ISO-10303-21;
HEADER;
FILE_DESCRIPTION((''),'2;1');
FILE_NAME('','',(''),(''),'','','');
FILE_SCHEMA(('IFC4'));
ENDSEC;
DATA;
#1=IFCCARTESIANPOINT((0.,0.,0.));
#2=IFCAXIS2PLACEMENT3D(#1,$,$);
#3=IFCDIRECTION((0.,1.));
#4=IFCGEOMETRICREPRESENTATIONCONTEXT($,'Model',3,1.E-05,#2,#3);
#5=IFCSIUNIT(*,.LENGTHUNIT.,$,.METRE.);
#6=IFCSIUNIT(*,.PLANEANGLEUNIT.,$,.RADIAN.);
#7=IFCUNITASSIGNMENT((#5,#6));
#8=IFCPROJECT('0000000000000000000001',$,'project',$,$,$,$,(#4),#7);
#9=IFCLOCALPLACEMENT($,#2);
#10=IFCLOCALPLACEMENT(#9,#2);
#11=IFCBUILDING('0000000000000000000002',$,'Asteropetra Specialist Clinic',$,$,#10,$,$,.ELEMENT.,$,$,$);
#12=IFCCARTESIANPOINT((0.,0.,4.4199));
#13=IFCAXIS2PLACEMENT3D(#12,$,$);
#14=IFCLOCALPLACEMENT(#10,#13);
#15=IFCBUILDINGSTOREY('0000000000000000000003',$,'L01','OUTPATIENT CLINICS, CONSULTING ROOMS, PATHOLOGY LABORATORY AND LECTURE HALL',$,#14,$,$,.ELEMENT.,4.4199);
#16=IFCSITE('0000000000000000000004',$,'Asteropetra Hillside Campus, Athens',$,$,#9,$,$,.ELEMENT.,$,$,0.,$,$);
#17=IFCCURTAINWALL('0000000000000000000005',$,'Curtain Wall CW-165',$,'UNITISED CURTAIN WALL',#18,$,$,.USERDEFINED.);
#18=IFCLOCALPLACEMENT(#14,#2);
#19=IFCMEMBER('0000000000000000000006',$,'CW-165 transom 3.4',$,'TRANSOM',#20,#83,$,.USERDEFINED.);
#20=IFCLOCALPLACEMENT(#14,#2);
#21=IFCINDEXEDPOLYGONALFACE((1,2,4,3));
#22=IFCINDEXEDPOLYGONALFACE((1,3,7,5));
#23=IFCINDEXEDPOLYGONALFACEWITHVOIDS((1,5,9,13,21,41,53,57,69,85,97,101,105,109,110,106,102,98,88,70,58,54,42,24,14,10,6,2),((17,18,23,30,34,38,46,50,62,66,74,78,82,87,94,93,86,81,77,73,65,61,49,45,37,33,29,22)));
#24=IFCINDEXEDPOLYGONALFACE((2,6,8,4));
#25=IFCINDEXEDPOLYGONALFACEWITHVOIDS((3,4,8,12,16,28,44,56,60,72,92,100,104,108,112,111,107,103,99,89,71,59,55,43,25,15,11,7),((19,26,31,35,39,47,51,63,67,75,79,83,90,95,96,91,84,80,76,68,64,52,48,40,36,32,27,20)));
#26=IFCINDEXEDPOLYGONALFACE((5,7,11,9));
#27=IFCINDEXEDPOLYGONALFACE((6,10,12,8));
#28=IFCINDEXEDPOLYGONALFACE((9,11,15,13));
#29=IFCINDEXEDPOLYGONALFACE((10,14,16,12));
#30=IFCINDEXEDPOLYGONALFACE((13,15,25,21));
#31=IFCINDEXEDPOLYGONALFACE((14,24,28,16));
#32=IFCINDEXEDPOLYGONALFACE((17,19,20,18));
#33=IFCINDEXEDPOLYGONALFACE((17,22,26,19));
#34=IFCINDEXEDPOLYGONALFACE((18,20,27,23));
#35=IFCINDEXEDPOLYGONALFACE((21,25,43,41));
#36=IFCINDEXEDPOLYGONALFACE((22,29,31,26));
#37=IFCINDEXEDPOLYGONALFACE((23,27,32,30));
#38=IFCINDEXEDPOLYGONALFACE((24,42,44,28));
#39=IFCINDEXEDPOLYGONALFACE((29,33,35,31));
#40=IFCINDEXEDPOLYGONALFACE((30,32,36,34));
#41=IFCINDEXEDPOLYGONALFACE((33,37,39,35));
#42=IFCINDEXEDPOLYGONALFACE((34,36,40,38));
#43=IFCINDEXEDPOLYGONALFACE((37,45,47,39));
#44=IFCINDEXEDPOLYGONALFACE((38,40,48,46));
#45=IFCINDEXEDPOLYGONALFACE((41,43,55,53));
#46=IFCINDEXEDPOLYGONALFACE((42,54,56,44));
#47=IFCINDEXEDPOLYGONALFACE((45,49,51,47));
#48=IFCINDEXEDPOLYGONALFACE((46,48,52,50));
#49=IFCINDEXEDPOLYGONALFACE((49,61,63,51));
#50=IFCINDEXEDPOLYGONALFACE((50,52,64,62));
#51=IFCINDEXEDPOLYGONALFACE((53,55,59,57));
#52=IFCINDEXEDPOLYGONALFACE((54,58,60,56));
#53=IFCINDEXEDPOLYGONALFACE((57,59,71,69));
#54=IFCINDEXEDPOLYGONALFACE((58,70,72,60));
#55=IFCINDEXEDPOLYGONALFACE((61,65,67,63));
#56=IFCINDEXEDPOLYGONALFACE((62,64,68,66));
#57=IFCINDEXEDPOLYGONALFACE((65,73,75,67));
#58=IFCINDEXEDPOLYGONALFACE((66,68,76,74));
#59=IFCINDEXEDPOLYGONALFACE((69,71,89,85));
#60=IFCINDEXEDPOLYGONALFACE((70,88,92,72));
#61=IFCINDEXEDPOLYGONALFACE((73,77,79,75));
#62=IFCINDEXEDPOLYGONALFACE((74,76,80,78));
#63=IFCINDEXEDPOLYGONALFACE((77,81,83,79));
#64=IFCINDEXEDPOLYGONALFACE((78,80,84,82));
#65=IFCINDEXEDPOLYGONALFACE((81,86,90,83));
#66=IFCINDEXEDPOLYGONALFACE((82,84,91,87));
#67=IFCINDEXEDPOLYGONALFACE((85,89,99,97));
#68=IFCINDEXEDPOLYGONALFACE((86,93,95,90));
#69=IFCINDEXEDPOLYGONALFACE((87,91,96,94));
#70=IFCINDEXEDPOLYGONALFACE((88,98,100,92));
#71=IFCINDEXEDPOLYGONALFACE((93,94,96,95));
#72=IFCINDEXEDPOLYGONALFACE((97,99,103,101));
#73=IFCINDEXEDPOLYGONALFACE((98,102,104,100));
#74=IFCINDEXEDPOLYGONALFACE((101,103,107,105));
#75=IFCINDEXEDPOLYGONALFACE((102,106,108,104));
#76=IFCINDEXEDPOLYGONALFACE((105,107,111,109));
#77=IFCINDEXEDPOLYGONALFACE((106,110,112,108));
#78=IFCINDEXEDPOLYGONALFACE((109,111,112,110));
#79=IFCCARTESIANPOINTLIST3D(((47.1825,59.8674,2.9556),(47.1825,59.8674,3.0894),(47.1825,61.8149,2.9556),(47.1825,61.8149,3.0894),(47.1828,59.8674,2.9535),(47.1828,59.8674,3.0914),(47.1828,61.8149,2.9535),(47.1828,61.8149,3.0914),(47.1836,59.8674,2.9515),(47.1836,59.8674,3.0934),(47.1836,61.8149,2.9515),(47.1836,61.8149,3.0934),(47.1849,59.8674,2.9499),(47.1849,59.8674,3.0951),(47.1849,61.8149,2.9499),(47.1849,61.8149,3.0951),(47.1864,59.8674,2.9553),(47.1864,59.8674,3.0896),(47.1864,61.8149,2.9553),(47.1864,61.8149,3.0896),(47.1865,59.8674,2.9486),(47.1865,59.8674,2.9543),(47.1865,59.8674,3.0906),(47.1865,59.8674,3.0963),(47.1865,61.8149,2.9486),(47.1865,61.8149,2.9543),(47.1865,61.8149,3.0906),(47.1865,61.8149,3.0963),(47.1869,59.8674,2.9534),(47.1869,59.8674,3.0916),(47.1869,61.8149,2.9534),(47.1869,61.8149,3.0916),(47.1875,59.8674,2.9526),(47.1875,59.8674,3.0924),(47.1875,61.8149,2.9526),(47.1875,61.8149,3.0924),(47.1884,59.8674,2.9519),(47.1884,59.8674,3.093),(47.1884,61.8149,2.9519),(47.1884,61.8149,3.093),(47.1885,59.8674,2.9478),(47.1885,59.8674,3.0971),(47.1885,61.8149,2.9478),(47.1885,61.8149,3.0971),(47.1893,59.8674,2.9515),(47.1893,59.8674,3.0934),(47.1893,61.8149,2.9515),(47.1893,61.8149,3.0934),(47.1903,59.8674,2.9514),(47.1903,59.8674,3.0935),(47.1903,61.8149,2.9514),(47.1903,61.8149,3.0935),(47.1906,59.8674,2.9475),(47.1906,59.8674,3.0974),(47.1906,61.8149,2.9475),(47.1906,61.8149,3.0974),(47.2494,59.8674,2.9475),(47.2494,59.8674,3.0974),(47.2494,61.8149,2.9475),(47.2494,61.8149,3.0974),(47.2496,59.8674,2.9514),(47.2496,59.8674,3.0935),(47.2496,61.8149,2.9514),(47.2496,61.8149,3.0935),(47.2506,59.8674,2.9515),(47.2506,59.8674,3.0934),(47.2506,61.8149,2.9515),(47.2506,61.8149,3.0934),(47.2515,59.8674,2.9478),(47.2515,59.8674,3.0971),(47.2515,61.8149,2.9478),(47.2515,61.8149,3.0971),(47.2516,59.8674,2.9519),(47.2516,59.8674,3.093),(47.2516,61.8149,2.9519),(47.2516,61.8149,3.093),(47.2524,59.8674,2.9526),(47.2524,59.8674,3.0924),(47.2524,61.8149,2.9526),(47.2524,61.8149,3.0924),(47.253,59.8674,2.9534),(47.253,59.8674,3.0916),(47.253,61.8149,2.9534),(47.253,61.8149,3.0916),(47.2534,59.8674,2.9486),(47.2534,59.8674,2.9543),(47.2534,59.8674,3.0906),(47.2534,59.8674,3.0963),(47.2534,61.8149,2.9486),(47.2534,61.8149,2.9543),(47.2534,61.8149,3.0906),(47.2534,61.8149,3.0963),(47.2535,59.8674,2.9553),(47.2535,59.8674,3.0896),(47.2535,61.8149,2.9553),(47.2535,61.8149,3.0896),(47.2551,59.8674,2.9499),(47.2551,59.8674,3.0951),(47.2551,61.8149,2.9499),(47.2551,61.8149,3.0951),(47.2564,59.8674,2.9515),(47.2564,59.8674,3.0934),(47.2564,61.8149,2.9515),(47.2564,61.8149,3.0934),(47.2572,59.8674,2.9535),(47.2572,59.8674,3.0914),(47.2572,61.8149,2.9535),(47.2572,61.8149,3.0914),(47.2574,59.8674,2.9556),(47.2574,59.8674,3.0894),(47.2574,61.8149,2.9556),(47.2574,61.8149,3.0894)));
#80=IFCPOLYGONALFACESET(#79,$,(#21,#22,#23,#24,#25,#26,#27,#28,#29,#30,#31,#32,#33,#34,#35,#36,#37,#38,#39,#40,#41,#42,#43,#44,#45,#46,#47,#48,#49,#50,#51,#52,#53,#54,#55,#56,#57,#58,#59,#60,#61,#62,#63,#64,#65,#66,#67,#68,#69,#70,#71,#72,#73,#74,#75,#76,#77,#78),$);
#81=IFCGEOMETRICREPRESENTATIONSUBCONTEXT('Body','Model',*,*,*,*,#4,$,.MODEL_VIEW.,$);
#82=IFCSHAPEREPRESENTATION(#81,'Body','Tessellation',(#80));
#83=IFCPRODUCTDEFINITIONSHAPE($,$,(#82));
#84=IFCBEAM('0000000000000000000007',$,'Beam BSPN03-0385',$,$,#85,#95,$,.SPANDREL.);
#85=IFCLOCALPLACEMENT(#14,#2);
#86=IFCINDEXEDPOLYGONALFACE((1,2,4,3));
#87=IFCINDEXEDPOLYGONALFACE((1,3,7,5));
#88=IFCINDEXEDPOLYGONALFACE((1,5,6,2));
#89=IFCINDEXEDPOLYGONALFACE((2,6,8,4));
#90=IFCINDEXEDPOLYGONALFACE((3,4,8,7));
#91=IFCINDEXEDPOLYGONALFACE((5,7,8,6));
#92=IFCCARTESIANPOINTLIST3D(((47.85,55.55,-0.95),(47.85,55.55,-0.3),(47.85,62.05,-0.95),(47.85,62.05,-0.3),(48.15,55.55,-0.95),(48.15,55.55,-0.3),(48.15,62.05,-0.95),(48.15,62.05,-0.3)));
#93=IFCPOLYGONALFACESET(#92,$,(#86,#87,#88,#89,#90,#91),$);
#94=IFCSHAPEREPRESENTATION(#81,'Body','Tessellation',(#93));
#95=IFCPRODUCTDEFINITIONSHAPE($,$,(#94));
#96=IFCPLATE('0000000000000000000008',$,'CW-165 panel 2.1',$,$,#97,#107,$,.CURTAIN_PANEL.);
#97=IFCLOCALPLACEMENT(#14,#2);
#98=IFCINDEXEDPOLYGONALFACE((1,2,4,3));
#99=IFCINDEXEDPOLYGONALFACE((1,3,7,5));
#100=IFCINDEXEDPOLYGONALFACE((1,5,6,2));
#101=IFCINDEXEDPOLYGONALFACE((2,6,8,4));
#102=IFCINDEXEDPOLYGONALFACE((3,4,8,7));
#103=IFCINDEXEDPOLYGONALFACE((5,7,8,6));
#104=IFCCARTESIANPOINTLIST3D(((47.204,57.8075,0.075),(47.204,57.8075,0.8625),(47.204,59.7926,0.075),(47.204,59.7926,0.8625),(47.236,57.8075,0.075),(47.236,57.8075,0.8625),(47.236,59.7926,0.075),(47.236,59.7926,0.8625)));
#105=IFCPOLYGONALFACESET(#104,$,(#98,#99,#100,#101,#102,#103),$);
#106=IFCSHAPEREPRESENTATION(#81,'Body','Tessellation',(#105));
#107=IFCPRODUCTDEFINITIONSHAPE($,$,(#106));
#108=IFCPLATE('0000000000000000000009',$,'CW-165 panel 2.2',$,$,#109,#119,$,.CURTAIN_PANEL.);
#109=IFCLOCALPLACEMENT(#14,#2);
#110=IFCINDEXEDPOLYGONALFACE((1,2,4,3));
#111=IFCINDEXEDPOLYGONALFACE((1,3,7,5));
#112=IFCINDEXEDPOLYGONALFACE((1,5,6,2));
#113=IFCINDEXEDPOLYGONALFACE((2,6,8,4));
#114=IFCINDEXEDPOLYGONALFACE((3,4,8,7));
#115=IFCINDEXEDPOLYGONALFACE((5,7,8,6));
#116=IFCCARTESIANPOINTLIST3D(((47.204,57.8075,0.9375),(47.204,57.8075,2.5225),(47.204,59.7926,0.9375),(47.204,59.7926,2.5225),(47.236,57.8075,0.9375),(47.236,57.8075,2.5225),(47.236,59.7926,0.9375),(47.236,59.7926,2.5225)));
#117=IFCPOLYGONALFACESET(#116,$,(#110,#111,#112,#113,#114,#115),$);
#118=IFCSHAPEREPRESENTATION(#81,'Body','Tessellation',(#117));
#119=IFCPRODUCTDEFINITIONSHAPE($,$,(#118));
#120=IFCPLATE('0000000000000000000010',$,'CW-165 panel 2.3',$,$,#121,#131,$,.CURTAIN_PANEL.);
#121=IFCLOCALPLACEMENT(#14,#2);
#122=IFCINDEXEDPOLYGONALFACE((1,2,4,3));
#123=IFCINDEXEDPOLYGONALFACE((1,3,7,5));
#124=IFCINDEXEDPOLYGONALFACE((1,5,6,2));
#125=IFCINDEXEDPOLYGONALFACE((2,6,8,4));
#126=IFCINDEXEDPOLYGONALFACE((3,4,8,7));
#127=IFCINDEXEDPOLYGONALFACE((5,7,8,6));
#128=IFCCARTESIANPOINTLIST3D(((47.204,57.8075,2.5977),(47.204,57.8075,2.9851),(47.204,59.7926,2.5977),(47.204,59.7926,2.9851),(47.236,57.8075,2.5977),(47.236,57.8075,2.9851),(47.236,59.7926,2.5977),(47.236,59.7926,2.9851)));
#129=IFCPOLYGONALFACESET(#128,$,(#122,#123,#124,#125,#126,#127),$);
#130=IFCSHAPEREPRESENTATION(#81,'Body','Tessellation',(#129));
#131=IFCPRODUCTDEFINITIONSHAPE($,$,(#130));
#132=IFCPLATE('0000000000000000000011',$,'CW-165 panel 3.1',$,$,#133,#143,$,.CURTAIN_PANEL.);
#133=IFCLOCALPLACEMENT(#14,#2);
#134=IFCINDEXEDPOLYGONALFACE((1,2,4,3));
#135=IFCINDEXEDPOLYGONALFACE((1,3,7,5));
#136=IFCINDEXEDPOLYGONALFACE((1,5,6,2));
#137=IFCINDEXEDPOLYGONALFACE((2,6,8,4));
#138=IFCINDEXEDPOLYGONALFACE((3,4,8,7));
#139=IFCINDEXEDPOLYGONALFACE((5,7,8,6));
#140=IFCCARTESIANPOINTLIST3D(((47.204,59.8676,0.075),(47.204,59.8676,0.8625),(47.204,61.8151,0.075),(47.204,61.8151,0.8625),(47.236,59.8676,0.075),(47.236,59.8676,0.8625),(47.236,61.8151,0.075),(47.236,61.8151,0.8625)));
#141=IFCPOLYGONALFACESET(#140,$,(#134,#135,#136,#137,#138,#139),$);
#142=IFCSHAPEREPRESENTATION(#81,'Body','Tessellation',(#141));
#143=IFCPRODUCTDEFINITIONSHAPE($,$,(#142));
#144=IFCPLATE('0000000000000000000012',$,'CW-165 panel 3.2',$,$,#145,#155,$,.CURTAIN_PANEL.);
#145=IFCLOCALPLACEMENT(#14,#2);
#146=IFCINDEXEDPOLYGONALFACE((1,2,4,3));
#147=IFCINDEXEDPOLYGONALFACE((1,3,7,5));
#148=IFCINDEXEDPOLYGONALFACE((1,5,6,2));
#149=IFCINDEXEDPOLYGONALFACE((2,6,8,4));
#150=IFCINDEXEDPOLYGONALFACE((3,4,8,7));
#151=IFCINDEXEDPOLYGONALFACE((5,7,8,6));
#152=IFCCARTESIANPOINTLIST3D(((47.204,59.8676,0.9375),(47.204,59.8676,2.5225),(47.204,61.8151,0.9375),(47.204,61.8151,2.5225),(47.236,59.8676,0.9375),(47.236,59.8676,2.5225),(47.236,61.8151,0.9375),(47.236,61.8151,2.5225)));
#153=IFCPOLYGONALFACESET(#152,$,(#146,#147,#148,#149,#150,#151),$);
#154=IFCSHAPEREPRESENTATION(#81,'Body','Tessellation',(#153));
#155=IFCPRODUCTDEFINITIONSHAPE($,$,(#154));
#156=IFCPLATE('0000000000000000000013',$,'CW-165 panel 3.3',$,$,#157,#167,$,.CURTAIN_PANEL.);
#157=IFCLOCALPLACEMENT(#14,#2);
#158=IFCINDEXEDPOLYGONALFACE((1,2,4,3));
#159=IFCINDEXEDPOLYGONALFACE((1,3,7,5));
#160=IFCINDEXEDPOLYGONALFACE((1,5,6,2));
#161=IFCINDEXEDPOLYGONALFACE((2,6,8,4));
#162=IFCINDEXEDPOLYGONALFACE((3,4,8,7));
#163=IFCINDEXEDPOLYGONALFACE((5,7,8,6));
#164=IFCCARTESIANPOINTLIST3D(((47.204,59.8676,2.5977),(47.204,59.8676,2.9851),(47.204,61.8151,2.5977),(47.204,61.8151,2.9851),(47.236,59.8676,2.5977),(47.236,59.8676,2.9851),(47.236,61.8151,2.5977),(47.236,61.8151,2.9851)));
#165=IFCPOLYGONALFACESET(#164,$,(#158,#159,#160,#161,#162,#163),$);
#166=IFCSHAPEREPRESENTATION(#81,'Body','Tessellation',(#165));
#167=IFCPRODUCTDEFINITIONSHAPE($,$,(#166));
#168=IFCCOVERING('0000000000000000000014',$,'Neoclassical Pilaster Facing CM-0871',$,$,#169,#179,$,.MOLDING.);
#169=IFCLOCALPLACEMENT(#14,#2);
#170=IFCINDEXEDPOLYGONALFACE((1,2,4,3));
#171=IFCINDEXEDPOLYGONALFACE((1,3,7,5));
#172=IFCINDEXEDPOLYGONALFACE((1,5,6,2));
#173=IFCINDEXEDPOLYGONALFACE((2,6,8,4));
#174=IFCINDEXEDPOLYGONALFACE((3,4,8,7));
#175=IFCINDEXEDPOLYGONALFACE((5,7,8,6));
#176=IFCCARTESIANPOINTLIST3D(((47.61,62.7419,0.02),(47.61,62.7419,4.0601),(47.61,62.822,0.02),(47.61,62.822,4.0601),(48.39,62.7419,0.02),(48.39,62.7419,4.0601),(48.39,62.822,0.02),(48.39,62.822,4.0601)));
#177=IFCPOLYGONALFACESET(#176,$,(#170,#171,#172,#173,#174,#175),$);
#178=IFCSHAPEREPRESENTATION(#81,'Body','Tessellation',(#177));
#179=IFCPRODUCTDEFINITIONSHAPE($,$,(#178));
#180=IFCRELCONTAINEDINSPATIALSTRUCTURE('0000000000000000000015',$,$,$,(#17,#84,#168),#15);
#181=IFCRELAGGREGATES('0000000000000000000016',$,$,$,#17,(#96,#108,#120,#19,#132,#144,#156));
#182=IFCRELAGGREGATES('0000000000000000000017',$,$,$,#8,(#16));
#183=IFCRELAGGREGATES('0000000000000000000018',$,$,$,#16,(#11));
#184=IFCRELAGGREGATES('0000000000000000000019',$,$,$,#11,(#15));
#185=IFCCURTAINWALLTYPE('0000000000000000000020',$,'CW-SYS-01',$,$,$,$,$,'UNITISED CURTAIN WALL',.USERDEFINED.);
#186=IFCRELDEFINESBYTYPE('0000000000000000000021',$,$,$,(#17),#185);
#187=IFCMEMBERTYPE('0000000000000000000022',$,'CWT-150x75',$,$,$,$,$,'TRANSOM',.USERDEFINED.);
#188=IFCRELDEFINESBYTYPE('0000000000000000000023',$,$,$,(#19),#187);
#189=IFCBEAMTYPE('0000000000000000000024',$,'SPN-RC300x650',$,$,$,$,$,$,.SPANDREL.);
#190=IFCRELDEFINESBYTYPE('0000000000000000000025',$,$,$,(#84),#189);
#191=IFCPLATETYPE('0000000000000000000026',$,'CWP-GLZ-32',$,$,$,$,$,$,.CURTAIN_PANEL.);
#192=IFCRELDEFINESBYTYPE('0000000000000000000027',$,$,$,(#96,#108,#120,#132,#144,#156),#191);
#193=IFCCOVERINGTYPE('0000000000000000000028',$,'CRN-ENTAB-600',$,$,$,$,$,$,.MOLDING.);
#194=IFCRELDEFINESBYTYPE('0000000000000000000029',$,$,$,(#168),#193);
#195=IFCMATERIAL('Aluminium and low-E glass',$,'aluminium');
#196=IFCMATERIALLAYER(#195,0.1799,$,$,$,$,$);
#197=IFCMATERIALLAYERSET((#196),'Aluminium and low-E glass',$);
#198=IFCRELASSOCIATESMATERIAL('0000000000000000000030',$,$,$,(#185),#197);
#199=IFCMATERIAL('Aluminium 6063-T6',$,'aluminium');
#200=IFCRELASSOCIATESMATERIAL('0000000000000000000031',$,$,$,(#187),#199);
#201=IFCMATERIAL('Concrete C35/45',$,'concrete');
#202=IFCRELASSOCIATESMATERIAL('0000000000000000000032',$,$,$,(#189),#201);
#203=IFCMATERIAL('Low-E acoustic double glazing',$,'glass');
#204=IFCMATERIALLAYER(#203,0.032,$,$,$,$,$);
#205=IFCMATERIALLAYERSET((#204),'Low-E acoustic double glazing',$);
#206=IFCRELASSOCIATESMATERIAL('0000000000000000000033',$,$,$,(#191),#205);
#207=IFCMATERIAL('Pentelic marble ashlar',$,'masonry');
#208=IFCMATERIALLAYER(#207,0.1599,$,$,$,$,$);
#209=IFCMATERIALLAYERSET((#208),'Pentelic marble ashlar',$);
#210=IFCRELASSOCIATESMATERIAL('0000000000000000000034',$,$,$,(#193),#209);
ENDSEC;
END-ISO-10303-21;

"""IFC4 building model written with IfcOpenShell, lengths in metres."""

from ifc_helpers import new_model, si_unit, direction, frame, origin, origin_2d, place, context, subcontext, project, spatial, rectangle, hollow_rectangle, extrude, material, layer, layer_set, material_profile, profile_set, type_object, element, aggregate, save


model = new_model("IFC4")

# Units and contexts
model_context = context("Model", 3, precision=1e-05, world=origin(), true_north=direction((0.0, 1.0)))
body_context = subcontext(model_context, "Body", "Model", "MODEL_VIEW")
ifc_project = project(units=[si_unit("LENGTHUNIT", "METRE"), si_unit("PLANEANGLEUNIT", "RADIAN")], contexts=[model_context])

# Site, building, storey
site_placement = place(None, origin())
site = spatial("IfcSite", under=ifc_project, at=site_placement, Name="Asteropetra Hillside Campus, Athens", CompositionType="ELEMENT", RefElevation=0.0)
building_placement = place(site_placement, origin())
building = spatial("IfcBuilding", under=site, at=building_placement, Name="Asteropetra Specialist Clinic", CompositionType="ELEMENT")
storey_placement = place(building_placement, frame((0.0, 0.0, 4.4199)))
storey = spatial("IfcBuildingStorey", under=building, at=storey_placement, Name="L01", Description="OUTPATIENT CLINICS, CONSULTING ROOMS, PATHOLOGY LABORATORY AND LECTURE HALL", CompositionType="ELEMENT", Elevation=4.4199)

# Curtain wall
ifc_material_1 = material(Name="Aluminium and low-E glass", Category="aluminium")
ifc_layer_1 = layer(ifc_material_1, 0.1799)
ifc_layer_set_1 = layer_set([ifc_layer_1], Name="Aluminium and low-E glass")
curtain_wall_type_1 = type_object("IfcCurtainWallType", Name="CW-SYS-01", ElementType="UNITISED CURTAIN WALL", PredefinedType="USERDEFINED", material=ifc_layer_set_1)
curtain_wall_1_placement = place(storey_placement, origin())
curtain_wall_1 = element("IfcCurtainWall", 1, at=curtain_wall_1_placement, inside=storey, type_object=curtain_wall_type_1, Name="Curtain Wall CW-165", ObjectType="UNITISED CURTAIN WALL", PredefinedType="USERDEFINED")

# Member
ifc_material_2 = material(Name="Aluminium 6063-T6", Category="aluminium")
ifc_material_profile_1 = material_profile(ifc_material_2, hollow_rectangle(XDim=0.075, YDim=0.1499, WallThickness=0.0039, InnerFilletRadius=0.0039, OuterFilletRadius=0.0081, at=origin_2d()), Name="TRN 150x75x4.0")
ifc_profile_set_1 = profile_set([ifc_material_profile_1], Name="Aluminium 6063-T6")
member_type_1 = type_object("IfcMemberType", Name="CWT-150x75", ElementType="TRANSOM", PredefinedType="USERDEFINED", material=ifc_profile_set_1)
member_1_placement = place(storey_placement, frame((47.22, 59.8674, 3.0225), z_axis=(0.0, 1.0, 0.0), x_axis=(-1.0, 0.0, 0.0)))
member_1 = element("IfcMember", 2, at=member_1_placement, type_object=member_type_1, Name="CW-165 transom 3.4", ObjectType="TRANSOM", PredefinedType="USERDEFINED", context=body_context, shape_type="SweptSolid", body=[
    extrude(hollow_rectangle(XDim=0.075, YDim=0.1499, WallThickness=0.0039, InnerFilletRadius=0.0039, OuterFilletRadius=0.0081, at=origin_2d()), origin(), (0.0, 0.0, 1.0), 1.9475),
])

# Beam
ifc_material_3 = material(Name="Concrete C35/45", Category="concrete")
ifc_material_profile_2 = material_profile(ifc_material_3, rectangle(XDim=0.3, YDim=0.6499, at=origin_2d()), Name="RCS 300x650")
ifc_profile_set_2 = profile_set([ifc_material_profile_2], Name="Concrete C35/45")
beam_type = type_object("IfcBeamType", Name="SPN-RC300x650", PredefinedType="SPANDREL", material=ifc_profile_set_2)
beam_placement = place(storey_placement, frame((48.0, 55.55, -0.625), z_axis=(0.0, 1.0, 0.0), x_axis=(-1.0, 0.0, 0.0)))
element("IfcBeam", 3, at=beam_placement, inside=storey, type_object=beam_type, Name="Beam BSPN03-0385", PredefinedType="SPANDREL", context=body_context, shape_type="SweptSolid", body=[
    extrude(rectangle(XDim=0.3, YDim=0.6499, at=origin_2d()), origin(), (0.0, 0.0, 1.0), 6.5),
])

# Plates
ifc_material_4 = material(Name="Low-E acoustic double glazing", Category="glass")
ifc_layer_2 = layer(ifc_material_4, 0.032)
ifc_layer_set_2 = layer_set([ifc_layer_2], Name="Low-E acoustic double glazing")
plate_type = type_object("IfcPlateType", Name="CWP-GLZ-32", PredefinedType="CURTAIN_PANEL", material=ifc_layer_set_2)
plate_1_placement = place(storey_placement, frame((47.22, 58.8, 0.075), z_axis=(0.0, 0.0, 1.0), x_axis=(0.0, 1.0, 0.0)))
plate_1 = element("IfcPlate", 4, at=plate_1_placement, type_object=plate_type, Name="CW-165 panel 2.1", PredefinedType="CURTAIN_PANEL", context=body_context, shape_type="SweptSolid", body=[
    extrude(rectangle(XDim=1.9851, YDim=0.032, at=origin_2d()), origin(), (0.0, 0.0, 1.0), 0.7876),
])
plate_2_placement = place(storey_placement, frame((47.22, 58.8, 0.9375), z_axis=(0.0, 0.0, 1.0), x_axis=(0.0, 1.0, 0.0)))
plate_2 = element("IfcPlate", 5, at=plate_2_placement, type_object=plate_type, Name="CW-165 panel 2.2", PredefinedType="CURTAIN_PANEL", context=body_context, shape_type="SweptSolid", body=[
    extrude(rectangle(XDim=1.9851, YDim=0.032, at=origin_2d()), origin(), (0.0, 0.0, 1.0), 1.585),
])
plate_3_placement = place(storey_placement, frame((47.22, 58.8, 2.5977), z_axis=(0.0, 0.0, 1.0), x_axis=(0.0, 1.0, 0.0)))
plate_3 = element("IfcPlate", 6, at=plate_3_placement, type_object=plate_type, Name="CW-165 panel 2.3", PredefinedType="CURTAIN_PANEL", context=body_context, shape_type="SweptSolid", body=[
    extrude(rectangle(XDim=1.9851, YDim=0.032, at=origin_2d()), origin(), (0.0, 0.0, 1.0), 0.3875),
])
plate_4_placement = place(storey_placement, frame((47.22, 60.8413, 0.075), z_axis=(0.0, 0.0, 1.0), x_axis=(0.0, 1.0, 0.0)))
plate_4 = element("IfcPlate", 7, at=plate_4_placement, type_object=plate_type, Name="CW-165 panel 3.1", PredefinedType="CURTAIN_PANEL", context=body_context, shape_type="SweptSolid", body=[
    extrude(rectangle(XDim=1.9475, YDim=0.032, at=origin_2d()), origin(), (0.0, 0.0, 1.0), 0.7876),
])
plate_5_placement = place(storey_placement, frame((47.22, 60.8413, 0.9375), z_axis=(0.0, 0.0, 1.0), x_axis=(0.0, 1.0, 0.0)))
plate_5 = element("IfcPlate", 8, at=plate_5_placement, type_object=plate_type, Name="CW-165 panel 3.2", PredefinedType="CURTAIN_PANEL", context=body_context, shape_type="SweptSolid", body=[
    extrude(rectangle(XDim=1.9475, YDim=0.032, at=origin_2d()), origin(), (0.0, 0.0, 1.0), 1.585),
])
plate_6_placement = place(storey_placement, frame((47.22, 60.8413, 2.5977), z_axis=(0.0, 0.0, 1.0), x_axis=(0.0, 1.0, 0.0)))
plate_6 = element("IfcPlate", 9, at=plate_6_placement, type_object=plate_type, Name="CW-165 panel 3.3", PredefinedType="CURTAIN_PANEL", context=body_context, shape_type="SweptSolid", body=[
    extrude(rectangle(XDim=1.9475, YDim=0.032, at=origin_2d()), origin(), (0.0, 0.0, 1.0), 0.3875),
])
aggregate(curtain_wall_1, [plate_1, plate_2, plate_3, member_1, plate_4, plate_5, plate_6])

# Covering
ifc_material_5 = material(Name="Pentelic marble ashlar", Category="masonry")
ifc_layer_3 = layer(ifc_material_5, 0.1599)
ifc_layer_set_3 = layer_set([ifc_layer_3], Name="Pentelic marble ashlar")
covering_type = type_object("IfcCoveringType", Name="CRN-ENTAB-600", PredefinedType="MOLDING", material=ifc_layer_set_3)
covering_placement = place(storey_placement, frame((48.0, 62.782, 0.02), z_axis=(0.0, 0.0, 1.0), x_axis=(1.0, 0.0, 0.0)))
element("IfcCovering", 10, at=covering_placement, inside=storey, type_object=covering_type, Name="Neoclassical Pilaster Facing CM-0871", PredefinedType="MOLDING", context=body_context, shape_type="SweptSolid", body=[
    extrude(rectangle(XDim=0.78, YDim=0.0801, at=origin_2d()), origin(), (0.0, 0.0, 1.0), 4.04),
])

save(model, "model.ifc")
